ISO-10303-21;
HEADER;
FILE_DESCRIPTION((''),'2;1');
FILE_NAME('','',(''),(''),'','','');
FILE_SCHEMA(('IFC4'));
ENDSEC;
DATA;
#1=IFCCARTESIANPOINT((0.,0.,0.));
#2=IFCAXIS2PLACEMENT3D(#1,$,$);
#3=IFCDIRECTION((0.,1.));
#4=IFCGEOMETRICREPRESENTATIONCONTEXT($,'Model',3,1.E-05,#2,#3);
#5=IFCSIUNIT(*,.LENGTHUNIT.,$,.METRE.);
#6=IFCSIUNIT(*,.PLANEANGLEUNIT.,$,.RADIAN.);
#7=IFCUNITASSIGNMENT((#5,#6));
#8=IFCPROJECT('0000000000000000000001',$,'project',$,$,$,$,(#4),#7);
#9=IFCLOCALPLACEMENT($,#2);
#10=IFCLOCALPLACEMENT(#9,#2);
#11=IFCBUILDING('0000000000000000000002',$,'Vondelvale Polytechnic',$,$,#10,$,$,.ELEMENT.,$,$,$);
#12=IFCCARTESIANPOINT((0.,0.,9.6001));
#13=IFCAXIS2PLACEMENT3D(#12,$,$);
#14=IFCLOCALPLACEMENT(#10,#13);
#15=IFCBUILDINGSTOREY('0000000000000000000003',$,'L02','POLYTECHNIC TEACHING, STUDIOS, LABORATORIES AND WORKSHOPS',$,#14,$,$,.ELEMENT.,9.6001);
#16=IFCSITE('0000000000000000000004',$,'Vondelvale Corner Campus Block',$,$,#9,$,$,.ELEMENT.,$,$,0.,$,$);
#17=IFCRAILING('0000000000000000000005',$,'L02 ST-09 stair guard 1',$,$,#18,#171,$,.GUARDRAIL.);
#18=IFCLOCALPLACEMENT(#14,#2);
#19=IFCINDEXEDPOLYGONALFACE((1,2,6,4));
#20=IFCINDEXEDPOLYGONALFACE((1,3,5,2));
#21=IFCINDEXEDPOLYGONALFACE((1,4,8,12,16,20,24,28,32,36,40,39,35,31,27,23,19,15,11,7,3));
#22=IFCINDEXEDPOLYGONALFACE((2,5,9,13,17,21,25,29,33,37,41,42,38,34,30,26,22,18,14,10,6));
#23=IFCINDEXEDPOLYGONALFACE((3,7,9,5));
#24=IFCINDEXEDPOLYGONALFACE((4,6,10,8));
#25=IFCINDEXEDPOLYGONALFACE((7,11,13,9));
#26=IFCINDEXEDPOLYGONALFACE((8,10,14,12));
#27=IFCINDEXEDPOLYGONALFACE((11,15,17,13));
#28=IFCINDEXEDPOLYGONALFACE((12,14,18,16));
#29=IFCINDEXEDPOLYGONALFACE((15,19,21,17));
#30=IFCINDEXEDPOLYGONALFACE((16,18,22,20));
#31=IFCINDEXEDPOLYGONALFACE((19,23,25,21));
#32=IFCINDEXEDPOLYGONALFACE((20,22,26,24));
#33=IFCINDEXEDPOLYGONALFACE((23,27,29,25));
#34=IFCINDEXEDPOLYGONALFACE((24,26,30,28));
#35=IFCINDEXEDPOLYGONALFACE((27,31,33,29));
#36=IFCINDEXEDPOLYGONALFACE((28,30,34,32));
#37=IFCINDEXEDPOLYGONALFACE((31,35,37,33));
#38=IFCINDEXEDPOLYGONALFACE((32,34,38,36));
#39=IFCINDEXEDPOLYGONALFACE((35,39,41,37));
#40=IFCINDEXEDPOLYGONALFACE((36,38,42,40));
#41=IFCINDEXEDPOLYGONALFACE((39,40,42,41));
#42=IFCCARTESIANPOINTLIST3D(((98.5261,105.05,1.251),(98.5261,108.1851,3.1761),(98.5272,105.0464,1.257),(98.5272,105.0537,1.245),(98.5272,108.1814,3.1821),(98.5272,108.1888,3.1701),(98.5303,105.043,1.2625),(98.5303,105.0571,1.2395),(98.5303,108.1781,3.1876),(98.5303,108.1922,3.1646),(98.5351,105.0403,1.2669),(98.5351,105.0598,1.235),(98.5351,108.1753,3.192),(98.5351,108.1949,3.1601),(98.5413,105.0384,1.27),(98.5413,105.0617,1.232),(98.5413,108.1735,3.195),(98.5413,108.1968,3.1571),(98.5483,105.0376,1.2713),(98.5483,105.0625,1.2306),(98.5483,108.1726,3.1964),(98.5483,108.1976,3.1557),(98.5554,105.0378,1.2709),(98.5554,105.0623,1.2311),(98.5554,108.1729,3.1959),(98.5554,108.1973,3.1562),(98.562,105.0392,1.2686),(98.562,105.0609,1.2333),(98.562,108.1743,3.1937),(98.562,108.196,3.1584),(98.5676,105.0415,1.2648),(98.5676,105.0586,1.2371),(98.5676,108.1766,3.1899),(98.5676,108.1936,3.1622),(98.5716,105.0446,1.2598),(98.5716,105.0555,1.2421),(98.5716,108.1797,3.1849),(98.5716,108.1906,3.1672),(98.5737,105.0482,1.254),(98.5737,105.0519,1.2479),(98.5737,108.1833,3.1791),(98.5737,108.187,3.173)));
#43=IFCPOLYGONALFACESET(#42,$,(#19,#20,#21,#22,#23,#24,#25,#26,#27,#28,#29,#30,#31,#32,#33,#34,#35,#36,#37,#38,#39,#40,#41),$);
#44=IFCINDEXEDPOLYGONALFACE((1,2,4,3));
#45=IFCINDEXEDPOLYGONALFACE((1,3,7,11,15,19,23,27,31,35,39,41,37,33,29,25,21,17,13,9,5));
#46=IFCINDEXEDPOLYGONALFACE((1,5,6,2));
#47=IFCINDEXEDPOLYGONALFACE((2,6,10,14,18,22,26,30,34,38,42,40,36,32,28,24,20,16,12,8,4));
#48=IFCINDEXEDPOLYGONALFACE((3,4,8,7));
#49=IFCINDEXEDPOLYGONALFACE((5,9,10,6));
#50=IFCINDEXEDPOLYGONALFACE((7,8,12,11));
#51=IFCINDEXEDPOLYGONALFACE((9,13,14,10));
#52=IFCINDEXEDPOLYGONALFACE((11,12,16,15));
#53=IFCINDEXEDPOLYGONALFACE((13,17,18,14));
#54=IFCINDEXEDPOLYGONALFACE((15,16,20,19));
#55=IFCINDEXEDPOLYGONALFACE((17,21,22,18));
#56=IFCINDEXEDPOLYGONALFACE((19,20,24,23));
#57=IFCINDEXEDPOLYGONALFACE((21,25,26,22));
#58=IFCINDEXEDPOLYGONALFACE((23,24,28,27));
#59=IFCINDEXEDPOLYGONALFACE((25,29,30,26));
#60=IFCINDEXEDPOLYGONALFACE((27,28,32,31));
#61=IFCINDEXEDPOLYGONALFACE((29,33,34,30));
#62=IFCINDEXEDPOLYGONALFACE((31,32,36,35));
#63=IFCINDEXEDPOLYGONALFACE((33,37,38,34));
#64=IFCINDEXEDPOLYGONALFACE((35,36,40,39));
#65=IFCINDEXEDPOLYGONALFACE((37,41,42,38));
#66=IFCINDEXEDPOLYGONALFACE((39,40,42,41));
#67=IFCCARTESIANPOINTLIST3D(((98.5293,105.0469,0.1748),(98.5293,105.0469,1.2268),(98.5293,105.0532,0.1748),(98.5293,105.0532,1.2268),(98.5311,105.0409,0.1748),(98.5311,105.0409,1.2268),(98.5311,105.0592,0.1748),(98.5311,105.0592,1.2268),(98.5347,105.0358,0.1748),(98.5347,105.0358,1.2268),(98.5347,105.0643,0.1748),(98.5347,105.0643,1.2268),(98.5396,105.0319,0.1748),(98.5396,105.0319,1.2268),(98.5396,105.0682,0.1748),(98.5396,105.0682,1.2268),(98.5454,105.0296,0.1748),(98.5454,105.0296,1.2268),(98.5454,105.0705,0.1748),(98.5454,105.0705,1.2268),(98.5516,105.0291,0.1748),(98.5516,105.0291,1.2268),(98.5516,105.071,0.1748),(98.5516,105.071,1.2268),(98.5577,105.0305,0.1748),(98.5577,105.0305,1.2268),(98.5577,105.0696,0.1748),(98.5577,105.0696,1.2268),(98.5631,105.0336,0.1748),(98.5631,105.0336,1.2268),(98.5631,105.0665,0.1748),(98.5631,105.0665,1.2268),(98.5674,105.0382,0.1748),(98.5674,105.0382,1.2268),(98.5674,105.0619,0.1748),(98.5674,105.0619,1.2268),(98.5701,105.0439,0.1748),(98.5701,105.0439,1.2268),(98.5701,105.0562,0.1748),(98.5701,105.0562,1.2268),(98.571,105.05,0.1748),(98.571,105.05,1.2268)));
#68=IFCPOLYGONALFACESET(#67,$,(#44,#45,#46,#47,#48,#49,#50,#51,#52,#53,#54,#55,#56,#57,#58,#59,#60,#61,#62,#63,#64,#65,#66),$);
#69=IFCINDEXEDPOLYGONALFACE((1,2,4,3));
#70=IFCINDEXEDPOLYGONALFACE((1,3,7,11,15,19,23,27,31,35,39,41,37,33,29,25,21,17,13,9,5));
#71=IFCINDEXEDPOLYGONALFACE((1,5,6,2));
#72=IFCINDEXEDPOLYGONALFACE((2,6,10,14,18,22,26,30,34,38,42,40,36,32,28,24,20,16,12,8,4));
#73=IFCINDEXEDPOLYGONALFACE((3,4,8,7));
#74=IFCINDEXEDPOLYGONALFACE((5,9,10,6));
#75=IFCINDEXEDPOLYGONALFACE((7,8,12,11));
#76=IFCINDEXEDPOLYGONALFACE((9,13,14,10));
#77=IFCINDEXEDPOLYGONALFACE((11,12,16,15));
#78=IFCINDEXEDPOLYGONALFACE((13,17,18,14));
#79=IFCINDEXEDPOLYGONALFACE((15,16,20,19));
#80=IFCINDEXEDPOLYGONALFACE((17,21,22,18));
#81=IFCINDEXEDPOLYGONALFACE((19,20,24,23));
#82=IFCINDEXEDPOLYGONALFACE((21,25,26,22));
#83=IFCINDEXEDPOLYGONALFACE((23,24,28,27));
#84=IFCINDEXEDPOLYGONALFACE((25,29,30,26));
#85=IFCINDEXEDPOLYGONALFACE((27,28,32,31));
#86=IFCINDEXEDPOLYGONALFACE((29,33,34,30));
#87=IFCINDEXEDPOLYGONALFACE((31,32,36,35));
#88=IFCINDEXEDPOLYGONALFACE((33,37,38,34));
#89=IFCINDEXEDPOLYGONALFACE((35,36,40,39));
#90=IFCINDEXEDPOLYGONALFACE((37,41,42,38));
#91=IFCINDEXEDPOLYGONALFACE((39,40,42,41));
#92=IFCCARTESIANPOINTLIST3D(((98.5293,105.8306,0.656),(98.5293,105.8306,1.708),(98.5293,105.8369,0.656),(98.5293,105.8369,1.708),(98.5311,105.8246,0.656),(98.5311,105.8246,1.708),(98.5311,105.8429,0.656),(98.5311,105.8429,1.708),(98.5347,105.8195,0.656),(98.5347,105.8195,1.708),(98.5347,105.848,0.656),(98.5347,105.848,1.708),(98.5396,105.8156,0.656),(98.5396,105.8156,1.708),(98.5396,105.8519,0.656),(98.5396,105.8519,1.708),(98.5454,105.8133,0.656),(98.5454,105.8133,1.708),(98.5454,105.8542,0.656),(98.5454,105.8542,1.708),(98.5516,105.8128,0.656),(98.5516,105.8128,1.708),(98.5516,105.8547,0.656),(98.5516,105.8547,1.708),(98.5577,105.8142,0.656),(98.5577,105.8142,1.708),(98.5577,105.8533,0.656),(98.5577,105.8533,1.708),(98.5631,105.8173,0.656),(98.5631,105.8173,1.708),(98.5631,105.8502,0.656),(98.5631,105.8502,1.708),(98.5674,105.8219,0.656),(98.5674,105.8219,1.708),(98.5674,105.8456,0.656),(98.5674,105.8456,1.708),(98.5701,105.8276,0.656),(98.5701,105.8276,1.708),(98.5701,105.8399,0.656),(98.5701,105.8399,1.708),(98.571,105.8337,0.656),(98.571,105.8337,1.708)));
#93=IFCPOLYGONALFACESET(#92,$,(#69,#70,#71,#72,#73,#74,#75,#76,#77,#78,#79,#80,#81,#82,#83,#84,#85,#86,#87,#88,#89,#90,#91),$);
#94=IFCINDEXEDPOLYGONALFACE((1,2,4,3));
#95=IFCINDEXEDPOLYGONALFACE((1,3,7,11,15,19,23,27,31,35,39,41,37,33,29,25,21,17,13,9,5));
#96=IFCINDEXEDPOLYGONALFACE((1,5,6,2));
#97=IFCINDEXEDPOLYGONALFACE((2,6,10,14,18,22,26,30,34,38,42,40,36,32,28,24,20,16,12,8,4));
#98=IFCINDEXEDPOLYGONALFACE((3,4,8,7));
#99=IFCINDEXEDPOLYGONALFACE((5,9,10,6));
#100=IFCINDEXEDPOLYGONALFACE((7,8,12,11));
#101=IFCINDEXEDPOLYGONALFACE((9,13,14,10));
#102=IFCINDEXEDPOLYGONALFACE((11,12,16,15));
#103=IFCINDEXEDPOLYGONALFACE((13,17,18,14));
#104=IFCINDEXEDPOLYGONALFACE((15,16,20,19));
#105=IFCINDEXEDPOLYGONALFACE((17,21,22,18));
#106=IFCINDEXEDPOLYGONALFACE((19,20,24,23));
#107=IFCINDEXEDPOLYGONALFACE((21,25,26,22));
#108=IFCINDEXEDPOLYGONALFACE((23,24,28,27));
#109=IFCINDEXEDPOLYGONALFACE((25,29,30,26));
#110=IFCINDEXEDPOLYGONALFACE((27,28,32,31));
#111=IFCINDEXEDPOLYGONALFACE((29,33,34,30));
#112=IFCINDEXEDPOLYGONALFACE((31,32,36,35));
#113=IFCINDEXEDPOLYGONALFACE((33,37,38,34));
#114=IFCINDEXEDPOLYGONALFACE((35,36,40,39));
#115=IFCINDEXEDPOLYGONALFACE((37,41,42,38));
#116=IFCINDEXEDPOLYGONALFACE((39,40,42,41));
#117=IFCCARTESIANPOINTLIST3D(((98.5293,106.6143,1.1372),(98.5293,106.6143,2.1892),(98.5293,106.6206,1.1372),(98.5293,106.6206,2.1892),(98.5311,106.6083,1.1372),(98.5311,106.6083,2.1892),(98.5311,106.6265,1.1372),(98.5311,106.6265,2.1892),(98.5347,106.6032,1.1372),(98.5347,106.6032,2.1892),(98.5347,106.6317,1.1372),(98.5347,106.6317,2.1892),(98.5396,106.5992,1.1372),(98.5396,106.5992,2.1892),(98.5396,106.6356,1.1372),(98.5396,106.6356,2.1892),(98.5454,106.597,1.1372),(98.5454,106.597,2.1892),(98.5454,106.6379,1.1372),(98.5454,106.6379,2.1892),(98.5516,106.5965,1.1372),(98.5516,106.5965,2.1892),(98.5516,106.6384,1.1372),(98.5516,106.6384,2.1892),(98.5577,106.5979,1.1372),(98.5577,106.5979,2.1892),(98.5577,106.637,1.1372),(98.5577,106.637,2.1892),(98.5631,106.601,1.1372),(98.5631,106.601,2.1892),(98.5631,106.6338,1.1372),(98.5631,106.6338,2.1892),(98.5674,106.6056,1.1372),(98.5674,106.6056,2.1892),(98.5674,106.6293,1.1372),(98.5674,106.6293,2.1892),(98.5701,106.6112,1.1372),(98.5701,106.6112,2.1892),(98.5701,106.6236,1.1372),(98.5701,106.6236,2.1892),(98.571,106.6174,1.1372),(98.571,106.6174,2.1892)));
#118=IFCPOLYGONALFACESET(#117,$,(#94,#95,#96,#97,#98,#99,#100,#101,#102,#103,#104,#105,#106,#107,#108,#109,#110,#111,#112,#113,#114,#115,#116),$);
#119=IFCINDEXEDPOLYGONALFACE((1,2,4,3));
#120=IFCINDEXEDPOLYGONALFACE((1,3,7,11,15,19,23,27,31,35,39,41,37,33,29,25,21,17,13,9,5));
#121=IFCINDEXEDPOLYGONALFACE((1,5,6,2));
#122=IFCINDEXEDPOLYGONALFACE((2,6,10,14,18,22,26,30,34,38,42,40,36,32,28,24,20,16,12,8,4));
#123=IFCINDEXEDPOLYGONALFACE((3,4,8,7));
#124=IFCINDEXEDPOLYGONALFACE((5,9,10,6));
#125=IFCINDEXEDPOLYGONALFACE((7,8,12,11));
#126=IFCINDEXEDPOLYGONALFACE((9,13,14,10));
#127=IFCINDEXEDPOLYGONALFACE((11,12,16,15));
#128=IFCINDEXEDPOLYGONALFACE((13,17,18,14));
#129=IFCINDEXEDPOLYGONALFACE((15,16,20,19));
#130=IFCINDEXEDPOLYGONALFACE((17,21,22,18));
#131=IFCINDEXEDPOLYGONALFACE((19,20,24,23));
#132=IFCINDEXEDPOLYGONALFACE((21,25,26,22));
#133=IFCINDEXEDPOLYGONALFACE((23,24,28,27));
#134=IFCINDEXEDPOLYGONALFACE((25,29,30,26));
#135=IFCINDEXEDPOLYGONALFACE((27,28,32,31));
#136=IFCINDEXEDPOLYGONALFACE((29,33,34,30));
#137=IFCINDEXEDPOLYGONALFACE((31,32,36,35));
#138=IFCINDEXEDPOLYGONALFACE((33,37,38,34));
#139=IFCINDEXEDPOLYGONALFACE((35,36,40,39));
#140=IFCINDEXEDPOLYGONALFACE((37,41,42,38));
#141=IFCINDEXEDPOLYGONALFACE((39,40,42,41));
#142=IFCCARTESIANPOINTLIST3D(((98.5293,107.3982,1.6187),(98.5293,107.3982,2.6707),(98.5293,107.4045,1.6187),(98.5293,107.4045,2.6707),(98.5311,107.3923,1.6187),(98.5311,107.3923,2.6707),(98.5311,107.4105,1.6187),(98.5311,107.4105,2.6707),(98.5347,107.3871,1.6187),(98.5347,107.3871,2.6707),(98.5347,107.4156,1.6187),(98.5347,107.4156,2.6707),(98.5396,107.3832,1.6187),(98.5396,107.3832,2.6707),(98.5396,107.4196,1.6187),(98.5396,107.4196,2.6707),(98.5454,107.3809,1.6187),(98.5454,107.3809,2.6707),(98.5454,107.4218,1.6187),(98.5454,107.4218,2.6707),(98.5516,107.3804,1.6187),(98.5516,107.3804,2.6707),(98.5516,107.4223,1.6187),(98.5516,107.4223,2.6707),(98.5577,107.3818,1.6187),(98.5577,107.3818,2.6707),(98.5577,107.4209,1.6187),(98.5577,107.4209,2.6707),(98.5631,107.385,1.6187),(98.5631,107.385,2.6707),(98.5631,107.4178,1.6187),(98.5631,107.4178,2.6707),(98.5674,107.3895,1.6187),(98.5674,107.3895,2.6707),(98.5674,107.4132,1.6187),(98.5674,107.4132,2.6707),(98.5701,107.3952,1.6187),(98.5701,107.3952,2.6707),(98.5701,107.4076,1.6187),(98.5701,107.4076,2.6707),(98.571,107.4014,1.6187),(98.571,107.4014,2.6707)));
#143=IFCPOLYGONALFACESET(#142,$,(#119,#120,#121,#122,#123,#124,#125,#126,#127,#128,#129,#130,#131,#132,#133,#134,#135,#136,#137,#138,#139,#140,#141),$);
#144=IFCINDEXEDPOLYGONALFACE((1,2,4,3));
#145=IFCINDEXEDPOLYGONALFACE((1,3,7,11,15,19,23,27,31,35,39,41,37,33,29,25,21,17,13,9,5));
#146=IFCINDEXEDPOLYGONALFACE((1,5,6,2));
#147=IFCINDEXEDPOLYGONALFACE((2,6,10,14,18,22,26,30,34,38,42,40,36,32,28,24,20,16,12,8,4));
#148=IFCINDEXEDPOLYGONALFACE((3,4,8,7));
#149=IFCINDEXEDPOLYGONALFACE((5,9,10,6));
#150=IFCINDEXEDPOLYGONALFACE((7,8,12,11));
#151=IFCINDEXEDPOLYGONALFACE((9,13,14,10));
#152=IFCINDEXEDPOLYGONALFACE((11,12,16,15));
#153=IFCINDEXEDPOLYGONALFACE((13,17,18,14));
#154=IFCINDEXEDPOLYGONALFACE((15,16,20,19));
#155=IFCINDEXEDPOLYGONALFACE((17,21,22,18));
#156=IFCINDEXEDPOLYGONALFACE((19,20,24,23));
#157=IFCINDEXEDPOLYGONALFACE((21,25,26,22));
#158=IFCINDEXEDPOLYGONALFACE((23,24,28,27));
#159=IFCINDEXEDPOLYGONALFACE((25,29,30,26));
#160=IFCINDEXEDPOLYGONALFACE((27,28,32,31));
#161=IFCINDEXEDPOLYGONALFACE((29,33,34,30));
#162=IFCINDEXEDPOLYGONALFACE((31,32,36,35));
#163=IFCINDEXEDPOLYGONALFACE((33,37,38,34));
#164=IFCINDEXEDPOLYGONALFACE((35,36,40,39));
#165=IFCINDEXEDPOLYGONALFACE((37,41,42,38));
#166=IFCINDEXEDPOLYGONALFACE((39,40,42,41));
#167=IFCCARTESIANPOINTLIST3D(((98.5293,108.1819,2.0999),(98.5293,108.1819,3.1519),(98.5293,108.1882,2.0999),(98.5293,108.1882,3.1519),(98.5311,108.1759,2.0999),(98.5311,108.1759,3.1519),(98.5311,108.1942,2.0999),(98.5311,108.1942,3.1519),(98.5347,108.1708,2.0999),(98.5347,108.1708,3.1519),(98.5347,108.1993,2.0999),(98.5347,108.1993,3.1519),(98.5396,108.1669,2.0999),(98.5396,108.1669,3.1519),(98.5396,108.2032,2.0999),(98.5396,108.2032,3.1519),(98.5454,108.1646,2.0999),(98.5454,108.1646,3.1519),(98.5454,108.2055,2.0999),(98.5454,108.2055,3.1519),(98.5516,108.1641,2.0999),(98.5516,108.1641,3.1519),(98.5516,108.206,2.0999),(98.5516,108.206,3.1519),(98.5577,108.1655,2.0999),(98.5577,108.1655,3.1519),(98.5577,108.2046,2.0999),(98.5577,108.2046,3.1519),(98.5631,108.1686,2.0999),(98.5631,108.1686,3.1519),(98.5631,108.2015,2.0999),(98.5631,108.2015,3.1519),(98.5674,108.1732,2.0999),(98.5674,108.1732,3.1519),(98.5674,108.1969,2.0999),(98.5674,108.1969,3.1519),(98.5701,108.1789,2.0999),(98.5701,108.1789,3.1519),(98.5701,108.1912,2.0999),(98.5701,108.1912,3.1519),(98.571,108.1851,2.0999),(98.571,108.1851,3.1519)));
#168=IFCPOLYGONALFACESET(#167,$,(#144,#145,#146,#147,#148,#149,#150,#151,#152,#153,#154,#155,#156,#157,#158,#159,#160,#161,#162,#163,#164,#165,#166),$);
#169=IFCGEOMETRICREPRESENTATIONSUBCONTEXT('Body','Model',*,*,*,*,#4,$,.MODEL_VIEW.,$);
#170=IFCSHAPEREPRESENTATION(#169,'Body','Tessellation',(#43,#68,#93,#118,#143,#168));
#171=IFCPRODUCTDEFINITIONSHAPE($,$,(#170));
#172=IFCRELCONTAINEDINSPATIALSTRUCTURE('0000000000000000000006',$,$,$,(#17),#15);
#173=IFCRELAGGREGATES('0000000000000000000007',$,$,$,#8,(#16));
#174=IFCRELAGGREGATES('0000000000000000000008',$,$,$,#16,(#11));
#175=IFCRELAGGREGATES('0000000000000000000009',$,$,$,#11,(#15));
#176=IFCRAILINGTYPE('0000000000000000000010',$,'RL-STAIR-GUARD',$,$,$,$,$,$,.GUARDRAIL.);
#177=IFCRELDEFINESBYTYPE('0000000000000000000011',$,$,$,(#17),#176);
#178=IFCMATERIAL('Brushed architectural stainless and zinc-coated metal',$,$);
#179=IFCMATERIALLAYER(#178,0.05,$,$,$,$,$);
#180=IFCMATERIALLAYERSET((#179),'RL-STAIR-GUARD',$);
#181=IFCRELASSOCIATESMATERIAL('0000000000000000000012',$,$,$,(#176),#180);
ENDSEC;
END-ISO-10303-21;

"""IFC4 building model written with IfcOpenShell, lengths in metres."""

from ifc_helpers import new_model, si_unit, direction, frame, origin, origin_2d, place, context, subcontext, project, spatial, circle, extrude, material, layer, layer_set, type_object, element, save


model = new_model("IFC4")

# Units and contexts
model_context = context("Model", 3, precision=1e-05, world=origin(), true_north=direction((0.0, 1.0)))
body_context = subcontext(model_context, "Body", "Model", "MODEL_VIEW")
ifc_project = project(units=[si_unit("LENGTHUNIT", "METRE"), si_unit("PLANEANGLEUNIT", "RADIAN")], contexts=[model_context])

# Site, building, storey
site_placement = place(None, origin())
site = spatial("IfcSite", under=ifc_project, at=site_placement, Name="Vondelvale Corner Campus Block", CompositionType="ELEMENT", RefElevation=0.0)
building_placement = place(site_placement, origin())
building = spatial("IfcBuilding", under=site, at=building_placement, Name="Vondelvale Polytechnic", CompositionType="ELEMENT")
storey_placement = place(building_placement, frame((0.0, 0.0, 9.6001)))
storey = spatial("IfcBuildingStorey", under=building, at=storey_placement, Name="L02", Description="POLYTECHNIC TEACHING, STUDIOS, LABORATORIES AND WORKSHOPS", CompositionType="ELEMENT", Elevation=9.6001)

# Shared definitions
ifc_material_1 = material(Name="Brushed architectural stainless and zinc-coated metal")

# Railing
ifc_layer_1 = layer(ifc_material_1, 0.05)
ifc_layer_set_1 = layer_set([ifc_layer_1], Name="RL-STAIR-GUARD")
railing_type_1 = type_object("IfcRailingType", Name="RL-STAIR-GUARD", PredefinedType="GUARDRAIL", material=ifc_layer_set_1)
railing_1_placement = place(storey_placement, frame((98.55, 105.05, 0.1748)))
element("IfcRailing", 1, at=railing_1_placement, inside=storey, type_object=railing_type_1, Name="L02 ST-09 stair guard 1", PredefinedType="GUARDRAIL", context=body_context, shape_type="SweptSolid", body=[
    extrude(circle(Radius=0.0239, at=origin_2d()), frame((0.0, 0.0, 1.0762), z_axis=(0.0, 0.852166, 0.523271), x_axis=(-1.0, 0.0, 0.0)), (0.0, 0.0, 1.0), 3.679),
    extrude(circle(Radius=0.021, at=origin_2d()), origin(), (0.0, 0.0, 1.0), 1.052),
    extrude(circle(Radius=0.021, at=origin_2d()), frame((0.0, 0.7837, 0.4812)), (0.0, 0.0, 1.0), 1.052),
    extrude(circle(Radius=0.021, at=origin_2d()), frame((0.0, 1.5674, 0.9624)), (0.0, 0.0, 1.0), 1.052),
    extrude(circle(Radius=0.021, at=origin_2d()), frame((0.0, 2.3513, 1.4438)), (0.0, 0.0, 1.0), 1.052),
    extrude(circle(Radius=0.021, at=origin_2d()), frame((0.0, 3.135, 1.925)), (0.0, 0.0, 1.0), 1.052),
])

save(model, "model.ifc")
